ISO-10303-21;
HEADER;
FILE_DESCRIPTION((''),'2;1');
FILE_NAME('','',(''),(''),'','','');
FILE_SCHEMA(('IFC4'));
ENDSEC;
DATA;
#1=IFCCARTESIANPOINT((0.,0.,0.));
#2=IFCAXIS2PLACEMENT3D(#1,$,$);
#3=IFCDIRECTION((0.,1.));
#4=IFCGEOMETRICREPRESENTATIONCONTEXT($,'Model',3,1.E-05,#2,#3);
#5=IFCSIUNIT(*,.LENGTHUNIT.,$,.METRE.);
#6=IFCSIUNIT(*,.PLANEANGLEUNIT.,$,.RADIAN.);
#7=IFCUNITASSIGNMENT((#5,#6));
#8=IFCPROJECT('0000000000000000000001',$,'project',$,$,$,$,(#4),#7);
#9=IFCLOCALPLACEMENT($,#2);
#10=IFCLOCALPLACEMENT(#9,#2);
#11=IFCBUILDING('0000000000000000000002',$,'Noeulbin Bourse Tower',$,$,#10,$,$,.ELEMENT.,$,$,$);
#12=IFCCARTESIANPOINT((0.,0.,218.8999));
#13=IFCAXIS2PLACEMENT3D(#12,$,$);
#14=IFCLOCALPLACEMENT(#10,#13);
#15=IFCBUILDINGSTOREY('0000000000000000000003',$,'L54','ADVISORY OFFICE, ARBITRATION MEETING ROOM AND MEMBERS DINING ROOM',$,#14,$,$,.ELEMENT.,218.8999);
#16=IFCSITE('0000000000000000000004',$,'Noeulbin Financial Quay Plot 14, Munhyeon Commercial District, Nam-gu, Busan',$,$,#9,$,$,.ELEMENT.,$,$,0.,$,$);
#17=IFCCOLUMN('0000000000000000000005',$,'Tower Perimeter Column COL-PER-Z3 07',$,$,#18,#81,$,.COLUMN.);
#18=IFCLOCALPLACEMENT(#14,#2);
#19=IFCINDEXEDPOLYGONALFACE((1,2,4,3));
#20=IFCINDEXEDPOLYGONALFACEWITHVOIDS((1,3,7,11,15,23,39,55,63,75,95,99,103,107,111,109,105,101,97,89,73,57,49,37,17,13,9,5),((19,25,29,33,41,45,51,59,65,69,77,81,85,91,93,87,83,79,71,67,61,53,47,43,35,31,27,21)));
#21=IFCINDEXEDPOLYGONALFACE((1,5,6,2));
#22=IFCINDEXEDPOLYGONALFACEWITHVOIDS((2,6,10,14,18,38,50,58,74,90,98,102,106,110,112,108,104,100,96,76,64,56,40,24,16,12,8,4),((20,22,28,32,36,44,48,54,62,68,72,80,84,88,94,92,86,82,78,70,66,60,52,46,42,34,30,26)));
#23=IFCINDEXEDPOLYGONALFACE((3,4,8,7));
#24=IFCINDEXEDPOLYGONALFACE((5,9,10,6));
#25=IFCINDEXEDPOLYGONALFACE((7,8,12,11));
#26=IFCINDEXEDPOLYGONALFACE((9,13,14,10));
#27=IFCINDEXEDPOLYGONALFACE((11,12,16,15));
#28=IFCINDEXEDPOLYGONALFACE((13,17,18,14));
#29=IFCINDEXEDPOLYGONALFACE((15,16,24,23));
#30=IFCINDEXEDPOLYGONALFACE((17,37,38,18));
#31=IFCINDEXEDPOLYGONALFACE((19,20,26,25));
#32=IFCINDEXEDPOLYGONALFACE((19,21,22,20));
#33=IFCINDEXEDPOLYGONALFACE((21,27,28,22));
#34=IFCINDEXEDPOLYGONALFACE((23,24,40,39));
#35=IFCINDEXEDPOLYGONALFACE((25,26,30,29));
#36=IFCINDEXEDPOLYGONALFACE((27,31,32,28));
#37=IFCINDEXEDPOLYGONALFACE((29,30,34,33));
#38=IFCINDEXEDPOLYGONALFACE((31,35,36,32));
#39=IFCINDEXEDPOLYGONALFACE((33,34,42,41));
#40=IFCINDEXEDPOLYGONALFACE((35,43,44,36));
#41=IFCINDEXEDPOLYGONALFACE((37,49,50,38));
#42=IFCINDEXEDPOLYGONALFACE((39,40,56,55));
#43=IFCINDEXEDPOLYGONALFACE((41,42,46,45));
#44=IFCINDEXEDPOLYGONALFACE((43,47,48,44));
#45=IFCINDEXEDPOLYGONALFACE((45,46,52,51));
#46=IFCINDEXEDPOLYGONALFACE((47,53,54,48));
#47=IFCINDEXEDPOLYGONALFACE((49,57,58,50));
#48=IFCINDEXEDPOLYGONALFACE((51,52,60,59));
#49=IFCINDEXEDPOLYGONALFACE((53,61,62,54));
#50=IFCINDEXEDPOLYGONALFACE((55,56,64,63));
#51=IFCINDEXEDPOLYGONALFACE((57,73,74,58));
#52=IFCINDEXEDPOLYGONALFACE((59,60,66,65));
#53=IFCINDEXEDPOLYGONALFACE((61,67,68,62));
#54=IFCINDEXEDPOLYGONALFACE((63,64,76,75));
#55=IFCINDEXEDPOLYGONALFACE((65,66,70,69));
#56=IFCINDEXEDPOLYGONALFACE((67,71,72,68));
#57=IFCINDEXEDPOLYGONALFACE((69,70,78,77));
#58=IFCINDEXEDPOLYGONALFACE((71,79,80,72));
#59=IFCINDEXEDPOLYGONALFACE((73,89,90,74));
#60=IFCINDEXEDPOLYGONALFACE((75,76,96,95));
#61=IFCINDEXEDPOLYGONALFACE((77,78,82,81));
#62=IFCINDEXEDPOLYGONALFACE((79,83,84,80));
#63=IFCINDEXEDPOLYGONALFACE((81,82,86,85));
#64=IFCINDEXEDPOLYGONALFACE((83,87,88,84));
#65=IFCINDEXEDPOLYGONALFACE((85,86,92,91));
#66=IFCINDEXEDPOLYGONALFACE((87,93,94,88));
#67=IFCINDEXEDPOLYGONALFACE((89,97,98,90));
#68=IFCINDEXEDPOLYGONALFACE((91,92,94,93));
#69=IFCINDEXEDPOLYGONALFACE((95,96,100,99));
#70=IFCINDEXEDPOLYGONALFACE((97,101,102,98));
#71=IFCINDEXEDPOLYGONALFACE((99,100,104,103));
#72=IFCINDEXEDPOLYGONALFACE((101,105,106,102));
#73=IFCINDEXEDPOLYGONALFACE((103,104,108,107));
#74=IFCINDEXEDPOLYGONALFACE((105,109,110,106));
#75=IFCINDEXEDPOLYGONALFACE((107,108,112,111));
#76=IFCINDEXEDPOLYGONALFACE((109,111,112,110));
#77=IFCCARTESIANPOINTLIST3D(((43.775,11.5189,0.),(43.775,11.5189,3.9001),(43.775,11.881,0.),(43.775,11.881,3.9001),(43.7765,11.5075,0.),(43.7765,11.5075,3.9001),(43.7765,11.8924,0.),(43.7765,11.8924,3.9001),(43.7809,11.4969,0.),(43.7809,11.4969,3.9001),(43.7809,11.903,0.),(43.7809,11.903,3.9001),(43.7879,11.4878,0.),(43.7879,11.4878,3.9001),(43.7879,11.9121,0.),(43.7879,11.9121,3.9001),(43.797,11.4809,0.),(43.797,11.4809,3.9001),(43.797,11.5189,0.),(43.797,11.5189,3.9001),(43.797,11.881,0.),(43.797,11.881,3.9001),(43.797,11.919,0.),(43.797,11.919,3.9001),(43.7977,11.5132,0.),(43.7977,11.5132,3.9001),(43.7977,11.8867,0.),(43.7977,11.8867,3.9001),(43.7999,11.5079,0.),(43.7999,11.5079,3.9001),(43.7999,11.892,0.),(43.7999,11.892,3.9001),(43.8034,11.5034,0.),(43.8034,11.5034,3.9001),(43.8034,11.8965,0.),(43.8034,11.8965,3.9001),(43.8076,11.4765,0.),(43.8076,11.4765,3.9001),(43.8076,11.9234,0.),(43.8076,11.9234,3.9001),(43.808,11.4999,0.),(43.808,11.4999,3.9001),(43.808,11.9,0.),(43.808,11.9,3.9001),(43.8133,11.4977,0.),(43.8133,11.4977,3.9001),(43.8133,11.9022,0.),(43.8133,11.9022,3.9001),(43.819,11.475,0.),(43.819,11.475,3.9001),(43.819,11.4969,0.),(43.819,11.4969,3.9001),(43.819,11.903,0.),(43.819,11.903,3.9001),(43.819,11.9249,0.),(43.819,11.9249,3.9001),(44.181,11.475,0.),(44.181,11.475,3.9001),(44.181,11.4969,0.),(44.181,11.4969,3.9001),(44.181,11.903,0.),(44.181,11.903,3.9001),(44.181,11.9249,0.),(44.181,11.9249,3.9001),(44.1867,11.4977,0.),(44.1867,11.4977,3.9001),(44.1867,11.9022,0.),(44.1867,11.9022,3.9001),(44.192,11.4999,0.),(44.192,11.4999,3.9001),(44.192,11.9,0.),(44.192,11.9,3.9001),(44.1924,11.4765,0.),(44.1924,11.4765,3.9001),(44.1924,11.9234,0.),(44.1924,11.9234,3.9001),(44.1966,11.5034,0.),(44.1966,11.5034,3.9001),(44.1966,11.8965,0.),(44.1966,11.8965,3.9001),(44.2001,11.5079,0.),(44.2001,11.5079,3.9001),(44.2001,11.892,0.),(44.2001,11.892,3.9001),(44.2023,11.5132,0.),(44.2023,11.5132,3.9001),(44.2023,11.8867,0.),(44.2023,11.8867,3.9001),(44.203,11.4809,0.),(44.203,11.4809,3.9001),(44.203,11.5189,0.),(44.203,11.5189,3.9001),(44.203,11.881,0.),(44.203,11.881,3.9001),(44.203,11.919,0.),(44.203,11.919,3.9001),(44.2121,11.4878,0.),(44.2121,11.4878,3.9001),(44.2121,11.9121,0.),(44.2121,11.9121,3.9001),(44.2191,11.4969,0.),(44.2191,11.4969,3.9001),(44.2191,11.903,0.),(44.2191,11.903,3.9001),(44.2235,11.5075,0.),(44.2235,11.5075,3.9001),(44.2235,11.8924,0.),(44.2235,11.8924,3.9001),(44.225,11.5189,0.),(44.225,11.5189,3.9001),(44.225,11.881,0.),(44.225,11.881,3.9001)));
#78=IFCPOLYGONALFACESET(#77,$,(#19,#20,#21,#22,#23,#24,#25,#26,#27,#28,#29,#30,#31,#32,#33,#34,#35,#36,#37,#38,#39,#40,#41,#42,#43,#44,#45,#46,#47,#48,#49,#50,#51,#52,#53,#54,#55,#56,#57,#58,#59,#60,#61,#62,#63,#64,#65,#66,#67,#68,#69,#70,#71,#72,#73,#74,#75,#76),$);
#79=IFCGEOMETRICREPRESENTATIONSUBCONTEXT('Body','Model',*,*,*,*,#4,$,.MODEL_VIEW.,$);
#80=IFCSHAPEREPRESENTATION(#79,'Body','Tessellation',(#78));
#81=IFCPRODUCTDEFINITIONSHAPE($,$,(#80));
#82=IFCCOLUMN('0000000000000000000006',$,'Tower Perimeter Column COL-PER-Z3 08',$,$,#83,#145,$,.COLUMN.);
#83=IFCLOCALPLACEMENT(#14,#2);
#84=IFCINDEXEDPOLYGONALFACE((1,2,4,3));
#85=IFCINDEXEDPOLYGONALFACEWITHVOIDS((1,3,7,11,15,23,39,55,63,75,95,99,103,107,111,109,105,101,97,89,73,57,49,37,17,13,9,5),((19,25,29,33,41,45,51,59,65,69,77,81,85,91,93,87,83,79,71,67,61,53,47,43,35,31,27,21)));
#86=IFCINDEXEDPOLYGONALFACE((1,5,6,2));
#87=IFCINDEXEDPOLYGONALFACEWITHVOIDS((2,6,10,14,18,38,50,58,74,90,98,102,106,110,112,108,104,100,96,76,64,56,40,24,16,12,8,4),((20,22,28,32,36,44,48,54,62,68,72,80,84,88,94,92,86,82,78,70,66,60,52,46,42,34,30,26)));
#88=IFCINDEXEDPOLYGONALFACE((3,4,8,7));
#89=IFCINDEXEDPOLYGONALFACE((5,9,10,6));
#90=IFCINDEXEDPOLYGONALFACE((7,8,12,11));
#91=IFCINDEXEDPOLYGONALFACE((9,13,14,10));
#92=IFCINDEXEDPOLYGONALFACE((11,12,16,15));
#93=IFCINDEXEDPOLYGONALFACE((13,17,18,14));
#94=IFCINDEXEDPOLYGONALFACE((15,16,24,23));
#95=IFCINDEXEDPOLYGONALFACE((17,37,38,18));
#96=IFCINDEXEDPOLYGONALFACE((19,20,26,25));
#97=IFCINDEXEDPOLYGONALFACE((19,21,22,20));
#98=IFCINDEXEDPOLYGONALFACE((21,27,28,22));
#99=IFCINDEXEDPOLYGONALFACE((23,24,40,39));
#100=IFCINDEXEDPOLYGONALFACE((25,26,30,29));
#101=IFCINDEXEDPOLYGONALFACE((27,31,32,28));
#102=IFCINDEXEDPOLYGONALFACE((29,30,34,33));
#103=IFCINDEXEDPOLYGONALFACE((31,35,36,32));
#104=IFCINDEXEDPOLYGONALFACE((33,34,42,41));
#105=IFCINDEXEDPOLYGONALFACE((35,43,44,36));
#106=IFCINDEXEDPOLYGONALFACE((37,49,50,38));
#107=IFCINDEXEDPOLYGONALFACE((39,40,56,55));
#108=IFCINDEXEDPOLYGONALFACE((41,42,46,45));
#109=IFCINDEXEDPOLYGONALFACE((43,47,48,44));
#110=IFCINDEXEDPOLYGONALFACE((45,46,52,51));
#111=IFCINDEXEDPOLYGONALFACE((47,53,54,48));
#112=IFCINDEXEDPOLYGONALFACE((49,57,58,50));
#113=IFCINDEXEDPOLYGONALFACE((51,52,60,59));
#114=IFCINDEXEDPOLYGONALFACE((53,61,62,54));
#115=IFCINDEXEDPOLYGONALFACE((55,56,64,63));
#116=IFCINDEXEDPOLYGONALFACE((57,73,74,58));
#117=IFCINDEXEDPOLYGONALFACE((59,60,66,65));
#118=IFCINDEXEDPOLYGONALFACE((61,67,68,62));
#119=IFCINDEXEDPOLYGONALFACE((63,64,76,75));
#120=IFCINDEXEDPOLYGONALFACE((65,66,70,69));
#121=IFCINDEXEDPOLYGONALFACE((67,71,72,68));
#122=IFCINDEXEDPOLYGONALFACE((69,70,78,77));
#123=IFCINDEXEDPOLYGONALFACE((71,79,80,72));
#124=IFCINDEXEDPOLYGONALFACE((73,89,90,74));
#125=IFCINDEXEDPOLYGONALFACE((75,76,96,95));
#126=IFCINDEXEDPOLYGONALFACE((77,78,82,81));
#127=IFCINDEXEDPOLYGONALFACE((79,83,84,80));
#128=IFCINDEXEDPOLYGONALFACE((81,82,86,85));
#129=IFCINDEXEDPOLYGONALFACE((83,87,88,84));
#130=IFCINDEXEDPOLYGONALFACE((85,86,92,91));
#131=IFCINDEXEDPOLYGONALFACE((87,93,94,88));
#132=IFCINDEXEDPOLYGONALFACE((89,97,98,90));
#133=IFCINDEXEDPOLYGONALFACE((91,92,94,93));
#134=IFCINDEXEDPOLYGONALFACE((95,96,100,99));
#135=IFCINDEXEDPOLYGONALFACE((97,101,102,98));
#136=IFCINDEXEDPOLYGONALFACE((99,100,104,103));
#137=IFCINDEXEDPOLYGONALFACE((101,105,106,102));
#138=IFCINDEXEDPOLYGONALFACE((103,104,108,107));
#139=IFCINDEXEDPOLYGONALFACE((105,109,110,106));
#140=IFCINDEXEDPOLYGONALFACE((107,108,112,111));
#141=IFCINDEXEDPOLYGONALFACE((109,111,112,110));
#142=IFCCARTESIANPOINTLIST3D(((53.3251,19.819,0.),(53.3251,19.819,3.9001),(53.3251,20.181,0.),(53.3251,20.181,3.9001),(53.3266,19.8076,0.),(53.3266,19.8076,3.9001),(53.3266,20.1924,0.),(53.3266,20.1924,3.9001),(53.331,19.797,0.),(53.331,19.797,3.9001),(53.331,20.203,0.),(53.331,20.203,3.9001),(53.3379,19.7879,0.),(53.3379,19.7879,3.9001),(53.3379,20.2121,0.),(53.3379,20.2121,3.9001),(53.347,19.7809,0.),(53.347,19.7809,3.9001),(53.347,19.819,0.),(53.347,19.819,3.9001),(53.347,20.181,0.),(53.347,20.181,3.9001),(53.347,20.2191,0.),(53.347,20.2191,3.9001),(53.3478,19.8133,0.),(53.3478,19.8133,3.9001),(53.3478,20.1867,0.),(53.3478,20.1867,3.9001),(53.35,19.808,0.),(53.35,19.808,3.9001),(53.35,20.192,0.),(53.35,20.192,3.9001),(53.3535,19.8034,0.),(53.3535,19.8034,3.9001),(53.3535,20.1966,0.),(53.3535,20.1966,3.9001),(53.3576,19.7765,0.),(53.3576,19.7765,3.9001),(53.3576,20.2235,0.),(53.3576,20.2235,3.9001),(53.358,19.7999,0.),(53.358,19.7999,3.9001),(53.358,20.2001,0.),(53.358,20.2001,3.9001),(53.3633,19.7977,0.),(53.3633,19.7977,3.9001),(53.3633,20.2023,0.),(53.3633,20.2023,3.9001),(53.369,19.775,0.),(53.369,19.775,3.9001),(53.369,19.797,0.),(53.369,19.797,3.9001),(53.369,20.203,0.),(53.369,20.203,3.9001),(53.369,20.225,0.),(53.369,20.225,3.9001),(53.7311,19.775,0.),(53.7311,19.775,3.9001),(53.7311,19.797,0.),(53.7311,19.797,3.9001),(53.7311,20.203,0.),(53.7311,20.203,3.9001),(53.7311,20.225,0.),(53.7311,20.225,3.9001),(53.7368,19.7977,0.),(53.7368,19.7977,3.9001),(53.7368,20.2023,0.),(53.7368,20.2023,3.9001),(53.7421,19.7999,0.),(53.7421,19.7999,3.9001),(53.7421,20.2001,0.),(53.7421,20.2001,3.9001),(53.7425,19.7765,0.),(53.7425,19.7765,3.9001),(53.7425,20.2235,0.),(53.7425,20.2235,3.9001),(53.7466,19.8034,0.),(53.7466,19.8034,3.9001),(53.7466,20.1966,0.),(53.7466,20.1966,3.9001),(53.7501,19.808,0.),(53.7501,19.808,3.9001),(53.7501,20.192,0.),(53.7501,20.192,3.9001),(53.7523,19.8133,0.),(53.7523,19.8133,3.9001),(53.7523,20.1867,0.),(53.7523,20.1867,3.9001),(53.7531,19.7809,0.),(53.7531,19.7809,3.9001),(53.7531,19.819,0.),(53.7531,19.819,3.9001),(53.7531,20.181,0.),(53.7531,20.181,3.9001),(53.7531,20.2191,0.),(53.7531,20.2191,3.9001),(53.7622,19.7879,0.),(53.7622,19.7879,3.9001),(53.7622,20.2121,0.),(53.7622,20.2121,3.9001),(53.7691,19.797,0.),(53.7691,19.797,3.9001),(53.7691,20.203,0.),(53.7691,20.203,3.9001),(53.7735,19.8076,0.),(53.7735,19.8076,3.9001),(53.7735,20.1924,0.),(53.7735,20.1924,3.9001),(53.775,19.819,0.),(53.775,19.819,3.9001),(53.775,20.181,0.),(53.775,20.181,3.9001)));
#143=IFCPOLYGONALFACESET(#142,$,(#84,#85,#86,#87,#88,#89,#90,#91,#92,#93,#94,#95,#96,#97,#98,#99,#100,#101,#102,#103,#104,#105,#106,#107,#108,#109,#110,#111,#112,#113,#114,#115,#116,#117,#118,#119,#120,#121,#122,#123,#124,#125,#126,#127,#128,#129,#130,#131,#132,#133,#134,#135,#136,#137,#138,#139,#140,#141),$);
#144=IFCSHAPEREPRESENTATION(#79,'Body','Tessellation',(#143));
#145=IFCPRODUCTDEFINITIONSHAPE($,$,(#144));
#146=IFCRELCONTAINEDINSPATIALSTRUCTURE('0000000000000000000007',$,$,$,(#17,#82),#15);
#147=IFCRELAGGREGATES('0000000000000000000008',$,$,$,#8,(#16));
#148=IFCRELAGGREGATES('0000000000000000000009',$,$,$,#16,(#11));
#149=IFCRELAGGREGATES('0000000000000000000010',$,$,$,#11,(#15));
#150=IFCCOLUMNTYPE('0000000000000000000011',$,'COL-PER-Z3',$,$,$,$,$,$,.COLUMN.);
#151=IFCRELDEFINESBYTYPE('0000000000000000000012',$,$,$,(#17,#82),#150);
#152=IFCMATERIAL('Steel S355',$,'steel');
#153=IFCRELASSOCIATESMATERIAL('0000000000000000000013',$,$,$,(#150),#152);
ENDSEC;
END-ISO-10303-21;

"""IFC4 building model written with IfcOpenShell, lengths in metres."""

from ifc_helpers import new_model, si_unit, direction, frame, origin, origin_2d, place, context, subcontext, project, spatial, hollow_rectangle, extrude, material, material_profile, profile_set, type_object, element, save


model = new_model("IFC4")

# Units and contexts
model_context = context("Model", 3, precision=1e-05, world=origin(), true_north=direction((0.0, 1.0)))
body_context = subcontext(model_context, "Body", "Model", "MODEL_VIEW")
ifc_project = project(units=[si_unit("LENGTHUNIT", "METRE"), si_unit("PLANEANGLEUNIT", "RADIAN")], contexts=[model_context])

# Site, building, storey
site_placement = place(None, origin())
site = spatial("IfcSite", under=ifc_project, at=site_placement, Name="Noeulbin Financial Quay Plot 14, Munhyeon Commercial District, Nam-gu, Busan", CompositionType="ELEMENT", RefElevation=0.0)
building_placement = place(site_placement, origin())
building = spatial("IfcBuilding", under=site, at=building_placement, Name="Noeulbin Bourse Tower", CompositionType="ELEMENT")
storey_placement = place(building_placement, frame((0.0, 0.0, 218.8999)))
storey = spatial("IfcBuildingStorey", under=building, at=storey_placement, Name="L54", Description="ADVISORY OFFICE, ARBITRATION MEETING ROOM AND MEMBERS DINING ROOM", CompositionType="ELEMENT", Elevation=218.8999)

# Columns
ifc_material_1 = material(Name="Steel S355", Category="steel")
ifc_material_profile_1 = material_profile(ifc_material_1, hollow_rectangle(XDim=0.45, YDim=0.45, WallThickness=0.022, InnerFilletRadius=0.022, OuterFilletRadius=0.0439, at=origin_2d()), Name="SHS-450x450x22", Category="LoadBearing")
ifc_profile_set_1 = profile_set([ifc_material_profile_1], Name="Steel S355")
column_type_1 = type_object("IfcColumnType", Name="COL-PER-Z3", PredefinedType="COLUMN", material=ifc_profile_set_1)
for number, where, z_axis, x_axis, name in (
    (1, (44.0, 11.7, 0.0), (0.0, 0.0, 1.0), (1.0, 0.0, 0.0), "Tower Perimeter Column COL-PER-Z3 07"),
    (2, (53.55, 20.0, 0.0), (0.0, 0.0, 1.0), (1.0, 0.0, 0.0), "Tower Perimeter Column COL-PER-Z3 08"),
):
    element("IfcColumn", number, at=place(storey_placement, frame(where, z_axis=z_axis, x_axis=x_axis)), inside=storey, type_object=column_type_1, Name=name, PredefinedType="COLUMN", context=body_context, shape_type="SweptSolid", body=[
        extrude(hollow_rectangle(XDim=0.45, YDim=0.45, WallThickness=0.022, InnerFilletRadius=0.022, OuterFilletRadius=0.0439, at=origin_2d()), origin(), (0.0, 0.0, 1.0), 3.9001),
    ])

save(model, "model.ifc")
